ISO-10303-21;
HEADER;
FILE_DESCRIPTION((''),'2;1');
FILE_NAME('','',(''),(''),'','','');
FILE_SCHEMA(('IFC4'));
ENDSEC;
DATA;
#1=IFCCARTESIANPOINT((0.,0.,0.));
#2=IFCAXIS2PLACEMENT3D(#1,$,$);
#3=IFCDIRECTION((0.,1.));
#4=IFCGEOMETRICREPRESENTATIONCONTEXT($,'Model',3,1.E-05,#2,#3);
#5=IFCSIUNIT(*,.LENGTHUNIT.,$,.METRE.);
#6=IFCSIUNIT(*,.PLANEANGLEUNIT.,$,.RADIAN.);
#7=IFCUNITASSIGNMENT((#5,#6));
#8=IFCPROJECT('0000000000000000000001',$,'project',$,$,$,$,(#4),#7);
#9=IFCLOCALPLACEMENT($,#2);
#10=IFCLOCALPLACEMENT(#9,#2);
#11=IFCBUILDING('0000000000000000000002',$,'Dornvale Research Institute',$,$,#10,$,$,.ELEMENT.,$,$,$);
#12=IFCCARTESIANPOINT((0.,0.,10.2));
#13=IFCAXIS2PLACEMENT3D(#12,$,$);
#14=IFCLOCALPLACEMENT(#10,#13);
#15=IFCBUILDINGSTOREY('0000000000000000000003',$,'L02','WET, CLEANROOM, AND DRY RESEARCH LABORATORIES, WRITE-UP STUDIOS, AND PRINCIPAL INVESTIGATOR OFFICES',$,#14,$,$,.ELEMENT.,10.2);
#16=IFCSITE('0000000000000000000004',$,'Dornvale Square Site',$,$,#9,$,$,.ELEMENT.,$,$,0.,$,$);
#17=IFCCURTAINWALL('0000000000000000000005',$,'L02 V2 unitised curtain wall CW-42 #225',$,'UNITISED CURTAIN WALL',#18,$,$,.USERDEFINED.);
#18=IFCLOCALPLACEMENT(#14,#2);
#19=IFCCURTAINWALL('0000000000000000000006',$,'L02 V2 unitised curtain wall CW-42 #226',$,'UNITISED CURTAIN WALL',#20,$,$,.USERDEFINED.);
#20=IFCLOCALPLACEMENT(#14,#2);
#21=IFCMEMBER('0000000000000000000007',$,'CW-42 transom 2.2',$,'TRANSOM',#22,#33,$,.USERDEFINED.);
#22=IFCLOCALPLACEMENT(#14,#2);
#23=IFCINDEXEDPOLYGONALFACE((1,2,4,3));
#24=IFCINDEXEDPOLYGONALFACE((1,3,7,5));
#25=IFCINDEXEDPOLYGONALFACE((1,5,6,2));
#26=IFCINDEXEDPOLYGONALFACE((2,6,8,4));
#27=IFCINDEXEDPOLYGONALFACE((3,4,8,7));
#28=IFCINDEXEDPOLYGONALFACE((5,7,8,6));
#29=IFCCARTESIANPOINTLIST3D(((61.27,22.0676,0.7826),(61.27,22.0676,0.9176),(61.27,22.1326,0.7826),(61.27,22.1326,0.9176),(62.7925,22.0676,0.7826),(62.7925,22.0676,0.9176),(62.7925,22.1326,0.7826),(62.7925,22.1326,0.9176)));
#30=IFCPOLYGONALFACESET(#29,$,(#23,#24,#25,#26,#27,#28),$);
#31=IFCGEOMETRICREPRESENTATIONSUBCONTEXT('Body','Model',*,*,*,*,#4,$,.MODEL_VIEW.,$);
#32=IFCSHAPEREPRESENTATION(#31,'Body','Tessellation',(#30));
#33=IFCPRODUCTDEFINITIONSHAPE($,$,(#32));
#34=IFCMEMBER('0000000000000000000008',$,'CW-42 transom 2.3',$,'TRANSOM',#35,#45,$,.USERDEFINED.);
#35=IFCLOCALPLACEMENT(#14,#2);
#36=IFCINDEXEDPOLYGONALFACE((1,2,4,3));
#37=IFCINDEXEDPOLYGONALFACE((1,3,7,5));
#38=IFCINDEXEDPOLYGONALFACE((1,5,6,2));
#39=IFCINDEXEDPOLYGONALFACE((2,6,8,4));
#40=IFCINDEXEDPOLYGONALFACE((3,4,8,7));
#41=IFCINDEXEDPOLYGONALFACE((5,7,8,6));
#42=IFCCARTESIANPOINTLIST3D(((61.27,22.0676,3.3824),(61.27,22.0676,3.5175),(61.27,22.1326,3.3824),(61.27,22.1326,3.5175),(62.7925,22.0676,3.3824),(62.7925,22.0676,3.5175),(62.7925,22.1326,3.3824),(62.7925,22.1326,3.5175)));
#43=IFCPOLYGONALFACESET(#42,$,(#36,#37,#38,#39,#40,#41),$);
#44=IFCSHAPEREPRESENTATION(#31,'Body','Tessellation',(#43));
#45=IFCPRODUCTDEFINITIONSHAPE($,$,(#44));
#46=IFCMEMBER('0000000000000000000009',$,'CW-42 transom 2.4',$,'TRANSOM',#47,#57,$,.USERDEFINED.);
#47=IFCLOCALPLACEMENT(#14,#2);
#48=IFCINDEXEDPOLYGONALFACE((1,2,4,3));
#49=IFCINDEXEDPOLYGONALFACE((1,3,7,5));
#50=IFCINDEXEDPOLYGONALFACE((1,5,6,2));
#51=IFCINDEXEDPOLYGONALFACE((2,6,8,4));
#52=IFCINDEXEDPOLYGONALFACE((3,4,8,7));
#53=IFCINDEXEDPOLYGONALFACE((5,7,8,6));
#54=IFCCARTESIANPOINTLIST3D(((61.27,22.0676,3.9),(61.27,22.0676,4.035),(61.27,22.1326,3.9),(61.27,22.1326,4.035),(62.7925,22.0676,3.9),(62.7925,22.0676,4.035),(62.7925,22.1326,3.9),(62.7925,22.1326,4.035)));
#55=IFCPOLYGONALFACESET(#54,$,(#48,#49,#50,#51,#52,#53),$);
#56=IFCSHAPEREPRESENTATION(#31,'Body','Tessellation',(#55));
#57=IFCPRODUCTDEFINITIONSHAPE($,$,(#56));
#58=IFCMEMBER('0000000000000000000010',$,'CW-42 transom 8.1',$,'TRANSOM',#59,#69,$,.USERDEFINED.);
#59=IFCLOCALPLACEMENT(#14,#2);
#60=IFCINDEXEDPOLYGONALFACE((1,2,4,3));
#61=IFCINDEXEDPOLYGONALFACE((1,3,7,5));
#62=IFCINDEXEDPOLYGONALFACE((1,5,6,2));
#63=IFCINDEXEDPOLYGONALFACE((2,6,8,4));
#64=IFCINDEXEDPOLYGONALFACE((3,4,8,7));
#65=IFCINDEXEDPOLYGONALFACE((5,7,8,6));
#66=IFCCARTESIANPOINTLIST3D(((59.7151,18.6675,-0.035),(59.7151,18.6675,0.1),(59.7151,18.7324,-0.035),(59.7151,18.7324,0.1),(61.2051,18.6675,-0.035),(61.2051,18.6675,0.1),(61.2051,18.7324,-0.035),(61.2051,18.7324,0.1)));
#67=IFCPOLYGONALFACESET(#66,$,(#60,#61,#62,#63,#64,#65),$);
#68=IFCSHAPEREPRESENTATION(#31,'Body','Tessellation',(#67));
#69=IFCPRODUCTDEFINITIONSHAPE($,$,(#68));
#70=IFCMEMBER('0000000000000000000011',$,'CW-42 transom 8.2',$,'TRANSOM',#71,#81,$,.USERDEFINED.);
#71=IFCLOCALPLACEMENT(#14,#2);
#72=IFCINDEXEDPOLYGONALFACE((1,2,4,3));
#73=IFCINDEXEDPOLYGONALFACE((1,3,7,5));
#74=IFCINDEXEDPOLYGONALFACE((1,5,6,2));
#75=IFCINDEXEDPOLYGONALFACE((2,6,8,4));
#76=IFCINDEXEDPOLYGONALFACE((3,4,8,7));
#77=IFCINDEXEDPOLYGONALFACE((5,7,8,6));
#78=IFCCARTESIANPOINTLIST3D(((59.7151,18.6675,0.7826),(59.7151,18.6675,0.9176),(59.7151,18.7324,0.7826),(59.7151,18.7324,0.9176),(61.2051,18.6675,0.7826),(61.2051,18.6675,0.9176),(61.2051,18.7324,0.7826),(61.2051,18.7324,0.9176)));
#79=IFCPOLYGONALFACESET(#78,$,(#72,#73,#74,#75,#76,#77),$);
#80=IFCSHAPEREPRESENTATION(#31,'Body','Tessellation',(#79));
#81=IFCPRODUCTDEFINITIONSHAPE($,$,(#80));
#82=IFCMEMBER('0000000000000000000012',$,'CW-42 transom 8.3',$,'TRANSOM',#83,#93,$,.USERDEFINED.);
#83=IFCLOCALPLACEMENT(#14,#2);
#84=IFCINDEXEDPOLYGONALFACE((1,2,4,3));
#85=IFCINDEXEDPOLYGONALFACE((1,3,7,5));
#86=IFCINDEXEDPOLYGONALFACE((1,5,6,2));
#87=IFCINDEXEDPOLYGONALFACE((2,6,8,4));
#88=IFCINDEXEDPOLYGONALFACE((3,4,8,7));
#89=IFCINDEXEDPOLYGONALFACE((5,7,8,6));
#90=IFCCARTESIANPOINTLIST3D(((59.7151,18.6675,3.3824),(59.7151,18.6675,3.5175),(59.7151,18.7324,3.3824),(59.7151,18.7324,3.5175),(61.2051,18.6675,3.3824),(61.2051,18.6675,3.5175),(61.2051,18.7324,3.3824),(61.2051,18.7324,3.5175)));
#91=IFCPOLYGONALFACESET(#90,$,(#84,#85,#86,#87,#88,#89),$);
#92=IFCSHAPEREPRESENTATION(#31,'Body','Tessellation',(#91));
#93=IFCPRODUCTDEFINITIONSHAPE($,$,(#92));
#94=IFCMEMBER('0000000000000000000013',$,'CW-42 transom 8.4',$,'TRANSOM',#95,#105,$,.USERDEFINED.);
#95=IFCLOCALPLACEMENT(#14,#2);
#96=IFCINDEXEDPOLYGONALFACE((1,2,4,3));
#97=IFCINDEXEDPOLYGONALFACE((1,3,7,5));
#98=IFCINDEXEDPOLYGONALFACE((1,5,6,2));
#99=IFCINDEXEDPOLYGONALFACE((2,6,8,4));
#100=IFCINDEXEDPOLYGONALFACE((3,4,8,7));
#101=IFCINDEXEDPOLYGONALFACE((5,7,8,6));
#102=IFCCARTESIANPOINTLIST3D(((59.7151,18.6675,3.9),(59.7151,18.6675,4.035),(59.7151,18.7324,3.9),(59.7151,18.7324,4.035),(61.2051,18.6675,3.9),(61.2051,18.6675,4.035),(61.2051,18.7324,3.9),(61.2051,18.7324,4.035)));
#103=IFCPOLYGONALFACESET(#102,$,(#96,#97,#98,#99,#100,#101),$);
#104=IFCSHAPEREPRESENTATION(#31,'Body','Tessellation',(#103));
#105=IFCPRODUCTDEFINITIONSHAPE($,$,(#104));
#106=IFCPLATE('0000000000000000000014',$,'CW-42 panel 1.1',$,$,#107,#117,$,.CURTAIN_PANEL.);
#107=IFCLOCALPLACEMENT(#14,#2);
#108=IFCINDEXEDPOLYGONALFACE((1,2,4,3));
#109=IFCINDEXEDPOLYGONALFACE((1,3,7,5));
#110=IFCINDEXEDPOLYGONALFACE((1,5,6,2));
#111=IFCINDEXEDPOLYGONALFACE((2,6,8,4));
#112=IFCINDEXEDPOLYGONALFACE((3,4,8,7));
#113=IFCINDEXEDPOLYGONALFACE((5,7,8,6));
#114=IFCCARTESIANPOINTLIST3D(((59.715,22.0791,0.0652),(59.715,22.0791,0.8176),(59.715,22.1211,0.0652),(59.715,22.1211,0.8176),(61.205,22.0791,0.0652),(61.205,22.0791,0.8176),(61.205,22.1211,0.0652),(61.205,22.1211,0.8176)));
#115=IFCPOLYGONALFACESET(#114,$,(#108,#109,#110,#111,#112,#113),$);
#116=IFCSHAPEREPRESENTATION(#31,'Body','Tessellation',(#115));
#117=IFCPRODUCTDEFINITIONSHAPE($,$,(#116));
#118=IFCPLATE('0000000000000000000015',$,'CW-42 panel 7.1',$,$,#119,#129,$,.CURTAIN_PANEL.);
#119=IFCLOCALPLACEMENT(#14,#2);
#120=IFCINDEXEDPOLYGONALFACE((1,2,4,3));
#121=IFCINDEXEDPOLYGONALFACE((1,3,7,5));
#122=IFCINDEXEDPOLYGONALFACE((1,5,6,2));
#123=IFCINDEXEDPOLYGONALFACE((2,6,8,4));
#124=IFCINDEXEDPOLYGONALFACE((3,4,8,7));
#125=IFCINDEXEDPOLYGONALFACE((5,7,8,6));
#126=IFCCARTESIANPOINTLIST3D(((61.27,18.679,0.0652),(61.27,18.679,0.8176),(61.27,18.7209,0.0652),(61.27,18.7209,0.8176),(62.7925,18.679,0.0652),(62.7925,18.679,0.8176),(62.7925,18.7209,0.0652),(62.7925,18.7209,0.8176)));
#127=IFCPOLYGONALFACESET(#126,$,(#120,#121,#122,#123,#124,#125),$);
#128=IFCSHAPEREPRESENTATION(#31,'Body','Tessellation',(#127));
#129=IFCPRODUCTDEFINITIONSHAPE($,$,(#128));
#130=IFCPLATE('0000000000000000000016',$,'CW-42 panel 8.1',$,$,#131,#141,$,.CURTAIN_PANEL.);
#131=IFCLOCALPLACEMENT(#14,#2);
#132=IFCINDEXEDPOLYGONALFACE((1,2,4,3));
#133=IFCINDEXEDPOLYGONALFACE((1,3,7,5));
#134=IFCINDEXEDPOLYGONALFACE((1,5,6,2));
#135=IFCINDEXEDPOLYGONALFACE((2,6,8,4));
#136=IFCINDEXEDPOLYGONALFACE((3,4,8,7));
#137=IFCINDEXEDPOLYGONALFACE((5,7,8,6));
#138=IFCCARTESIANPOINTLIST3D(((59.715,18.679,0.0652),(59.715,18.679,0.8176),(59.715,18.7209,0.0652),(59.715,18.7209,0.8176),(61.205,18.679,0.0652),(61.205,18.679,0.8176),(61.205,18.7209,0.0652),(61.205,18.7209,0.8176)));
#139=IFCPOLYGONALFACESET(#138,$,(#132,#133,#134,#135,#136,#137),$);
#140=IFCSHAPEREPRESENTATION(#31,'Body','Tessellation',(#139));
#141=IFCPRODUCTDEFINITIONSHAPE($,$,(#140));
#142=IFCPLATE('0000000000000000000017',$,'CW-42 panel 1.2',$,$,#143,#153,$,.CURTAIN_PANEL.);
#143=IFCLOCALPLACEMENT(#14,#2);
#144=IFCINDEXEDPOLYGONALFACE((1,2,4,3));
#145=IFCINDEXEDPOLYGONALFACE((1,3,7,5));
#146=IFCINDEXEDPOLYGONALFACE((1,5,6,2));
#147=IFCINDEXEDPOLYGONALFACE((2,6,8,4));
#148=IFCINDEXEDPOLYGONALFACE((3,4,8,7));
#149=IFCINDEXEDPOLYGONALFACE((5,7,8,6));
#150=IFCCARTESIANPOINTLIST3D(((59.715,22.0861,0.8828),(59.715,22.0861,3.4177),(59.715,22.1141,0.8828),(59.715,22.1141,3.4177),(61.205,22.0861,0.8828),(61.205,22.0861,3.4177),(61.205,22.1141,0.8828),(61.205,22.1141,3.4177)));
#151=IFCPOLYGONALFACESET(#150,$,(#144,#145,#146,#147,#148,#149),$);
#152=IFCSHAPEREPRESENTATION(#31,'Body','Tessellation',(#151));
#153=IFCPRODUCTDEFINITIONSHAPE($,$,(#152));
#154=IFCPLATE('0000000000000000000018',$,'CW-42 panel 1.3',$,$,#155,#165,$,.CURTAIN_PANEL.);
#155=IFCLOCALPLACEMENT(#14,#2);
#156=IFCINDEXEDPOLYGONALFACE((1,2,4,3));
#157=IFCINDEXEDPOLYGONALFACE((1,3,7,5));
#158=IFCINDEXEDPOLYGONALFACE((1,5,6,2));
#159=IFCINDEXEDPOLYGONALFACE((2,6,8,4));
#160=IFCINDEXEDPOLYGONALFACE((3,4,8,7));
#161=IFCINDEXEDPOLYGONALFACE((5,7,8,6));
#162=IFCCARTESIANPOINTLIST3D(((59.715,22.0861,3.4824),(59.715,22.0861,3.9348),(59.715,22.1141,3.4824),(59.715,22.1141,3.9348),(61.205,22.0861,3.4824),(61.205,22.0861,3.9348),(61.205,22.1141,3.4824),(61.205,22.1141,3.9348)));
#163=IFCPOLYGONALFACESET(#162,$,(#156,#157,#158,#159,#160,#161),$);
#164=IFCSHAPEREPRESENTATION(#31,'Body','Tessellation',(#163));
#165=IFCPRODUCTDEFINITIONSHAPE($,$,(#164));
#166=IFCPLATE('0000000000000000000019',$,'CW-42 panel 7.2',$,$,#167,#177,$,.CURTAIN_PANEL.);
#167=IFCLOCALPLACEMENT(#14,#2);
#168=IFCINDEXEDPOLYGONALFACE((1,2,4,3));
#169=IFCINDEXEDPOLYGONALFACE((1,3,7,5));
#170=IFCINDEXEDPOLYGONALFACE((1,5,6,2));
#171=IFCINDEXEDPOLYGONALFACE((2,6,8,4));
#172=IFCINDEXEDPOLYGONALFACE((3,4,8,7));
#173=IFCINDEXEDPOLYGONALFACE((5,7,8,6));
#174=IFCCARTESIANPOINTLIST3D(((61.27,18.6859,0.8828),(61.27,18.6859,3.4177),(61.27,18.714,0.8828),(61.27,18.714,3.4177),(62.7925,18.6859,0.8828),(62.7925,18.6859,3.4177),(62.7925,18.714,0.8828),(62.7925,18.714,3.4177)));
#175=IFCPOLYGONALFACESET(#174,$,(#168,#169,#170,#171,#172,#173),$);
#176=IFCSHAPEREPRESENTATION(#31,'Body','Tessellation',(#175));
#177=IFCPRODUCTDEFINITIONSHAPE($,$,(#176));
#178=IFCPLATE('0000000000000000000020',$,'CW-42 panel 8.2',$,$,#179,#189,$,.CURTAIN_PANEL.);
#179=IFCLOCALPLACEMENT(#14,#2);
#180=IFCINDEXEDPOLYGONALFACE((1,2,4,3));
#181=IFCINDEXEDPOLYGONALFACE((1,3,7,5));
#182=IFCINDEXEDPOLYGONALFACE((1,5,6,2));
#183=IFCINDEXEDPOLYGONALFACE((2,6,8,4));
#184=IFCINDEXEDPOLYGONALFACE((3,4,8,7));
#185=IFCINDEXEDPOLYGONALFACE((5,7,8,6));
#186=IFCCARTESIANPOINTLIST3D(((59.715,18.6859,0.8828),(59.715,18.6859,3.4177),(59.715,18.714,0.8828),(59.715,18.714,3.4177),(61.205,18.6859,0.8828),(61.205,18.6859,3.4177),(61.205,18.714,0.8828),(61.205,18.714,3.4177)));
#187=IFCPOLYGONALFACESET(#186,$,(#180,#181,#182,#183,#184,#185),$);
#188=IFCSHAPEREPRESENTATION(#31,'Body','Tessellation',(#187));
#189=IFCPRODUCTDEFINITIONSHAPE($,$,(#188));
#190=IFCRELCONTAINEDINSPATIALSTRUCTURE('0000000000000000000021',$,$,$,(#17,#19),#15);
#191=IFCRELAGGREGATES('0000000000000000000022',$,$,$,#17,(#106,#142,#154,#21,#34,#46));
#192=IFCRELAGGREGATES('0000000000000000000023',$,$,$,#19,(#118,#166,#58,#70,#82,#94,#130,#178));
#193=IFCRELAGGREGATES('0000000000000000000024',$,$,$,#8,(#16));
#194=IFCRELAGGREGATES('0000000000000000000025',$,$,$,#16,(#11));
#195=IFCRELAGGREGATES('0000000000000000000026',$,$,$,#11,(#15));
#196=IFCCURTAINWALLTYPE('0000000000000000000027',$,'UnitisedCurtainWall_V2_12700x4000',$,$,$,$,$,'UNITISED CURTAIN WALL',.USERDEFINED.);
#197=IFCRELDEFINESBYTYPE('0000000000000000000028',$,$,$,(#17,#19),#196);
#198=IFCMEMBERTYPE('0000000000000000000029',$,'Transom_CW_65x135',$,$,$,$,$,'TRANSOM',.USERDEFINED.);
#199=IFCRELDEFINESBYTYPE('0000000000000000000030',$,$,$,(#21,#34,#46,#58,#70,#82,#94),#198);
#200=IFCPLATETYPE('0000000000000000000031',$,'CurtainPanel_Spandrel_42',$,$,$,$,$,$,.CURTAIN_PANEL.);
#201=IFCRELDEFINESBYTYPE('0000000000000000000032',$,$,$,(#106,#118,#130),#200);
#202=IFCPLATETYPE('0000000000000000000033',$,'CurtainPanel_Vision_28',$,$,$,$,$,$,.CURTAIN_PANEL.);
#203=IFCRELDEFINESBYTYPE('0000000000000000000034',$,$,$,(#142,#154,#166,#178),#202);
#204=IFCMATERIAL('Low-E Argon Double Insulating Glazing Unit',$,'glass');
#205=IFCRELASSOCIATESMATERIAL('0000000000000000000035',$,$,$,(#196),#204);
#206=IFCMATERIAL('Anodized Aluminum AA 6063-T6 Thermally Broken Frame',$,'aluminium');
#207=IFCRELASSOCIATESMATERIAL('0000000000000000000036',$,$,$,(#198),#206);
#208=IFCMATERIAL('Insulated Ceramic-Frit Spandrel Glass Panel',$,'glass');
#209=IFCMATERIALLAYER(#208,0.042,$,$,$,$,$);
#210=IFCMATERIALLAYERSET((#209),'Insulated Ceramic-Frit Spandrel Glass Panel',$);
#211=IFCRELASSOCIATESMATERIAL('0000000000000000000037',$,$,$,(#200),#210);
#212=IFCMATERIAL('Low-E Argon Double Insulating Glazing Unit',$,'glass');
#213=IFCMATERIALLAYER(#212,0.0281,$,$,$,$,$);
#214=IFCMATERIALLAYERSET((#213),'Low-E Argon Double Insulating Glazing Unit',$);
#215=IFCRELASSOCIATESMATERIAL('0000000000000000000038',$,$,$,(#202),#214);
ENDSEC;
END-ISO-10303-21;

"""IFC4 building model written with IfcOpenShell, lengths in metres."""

from ifc_helpers import new_model, si_unit, direction, frame, origin, origin_2d, place, context, subcontext, project, spatial, rectangle, extrude, material, layer, layer_set, material_profile, profile_set, type_object, element, aggregate, save


model = new_model("IFC4")

# Units and contexts
model_context = context("Model", 3, precision=1e-05, world=origin(), true_north=direction((0.0, 1.0)))
body_context = subcontext(model_context, "Body", "Model", "MODEL_VIEW")
ifc_project = project(units=[si_unit("LENGTHUNIT", "METRE"), si_unit("PLANEANGLEUNIT", "RADIAN")], contexts=[model_context])

# Site, building, storey
site_placement = place(None, origin())
site = spatial("IfcSite", under=ifc_project, at=site_placement, Name="Dornvale Square Site", CompositionType="ELEMENT", RefElevation=0.0)
building_placement = place(site_placement, origin())
building = spatial("IfcBuilding", under=site, at=building_placement, Name="Dornvale Research Institute", CompositionType="ELEMENT")
storey_placement = place(building_placement, frame((0.0, 0.0, 10.2)))
storey = spatial("IfcBuildingStorey", under=building, at=storey_placement, Name="L02", Description="WET, CLEANROOM, AND DRY RESEARCH LABORATORIES, WRITE-UP STUDIOS, AND PRINCIPAL INVESTIGATOR OFFICES", CompositionType="ELEMENT", Elevation=10.2)

# Curtain walls
ifc_material_1 = material(Name="Low-E Argon Double Insulating Glazing Unit", Category="glass")
curtain_wall_type = type_object("IfcCurtainWallType", Name="UnitisedCurtainWall_V2_12700x4000", ElementType="UNITISED CURTAIN WALL", PredefinedType="USERDEFINED", material=ifc_material_1)
curtain_wall_1_placement = place(storey_placement, origin())
curtain_wall_1 = element("IfcCurtainWall", 1, at=curtain_wall_1_placement, inside=storey, type_object=curtain_wall_type, Name="L02 V2 unitised curtain wall CW-42 #225", ObjectType="UNITISED CURTAIN WALL", PredefinedType="USERDEFINED")
curtain_wall_2_placement = place(storey_placement, origin())
curtain_wall_2 = element("IfcCurtainWall", 2, at=curtain_wall_2_placement, inside=storey, type_object=curtain_wall_type, Name="L02 V2 unitised curtain wall CW-42 #226", ObjectType="UNITISED CURTAIN WALL", PredefinedType="USERDEFINED")

# Members
ifc_material_2 = material(Name="Anodized Aluminum AA 6063-T6 Thermally Broken Frame", Category="aluminium")
ifc_material_profile_1 = material_profile(ifc_material_2, rectangle(XDim=0.0649, YDim=0.135, at=origin_2d()), Name="ALU TRANSOM 65x135")
ifc_profile_set_1 = profile_set([ifc_material_profile_1], Name="Anodized Aluminum AA 6063-T6 Thermally Broken Frame")
member_type_1 = type_object("IfcMemberType", Name="Transom_CW_65x135", ElementType="TRANSOM", PredefinedType="USERDEFINED", material=ifc_profile_set_1)
member_1_placement = place(storey_placement, frame((61.27, 22.1001, 0.8501), z_axis=(1.0, 0.0, 0.0), x_axis=(0.0, 1.0, 0.0)))
member_1 = element("IfcMember", 3, at=member_1_placement, type_object=member_type_1, Name="CW-42 transom 2.2", ObjectType="TRANSOM", PredefinedType="USERDEFINED", context=body_context, shape_type="SweptSolid", body=[
    extrude(rectangle(XDim=0.0649, YDim=0.135, at=origin_2d()), origin(), (0.0, 0.0, 1.0), 1.5225),
])
member_2_placement = place(storey_placement, frame((61.27, 22.1001, 3.45), z_axis=(1.0, 0.0, 0.0), x_axis=(0.0, 1.0, 0.0)))
member_2 = element("IfcMember", 4, at=member_2_placement, type_object=member_type_1, Name="CW-42 transom 2.3", ObjectType="TRANSOM", PredefinedType="USERDEFINED", context=body_context, shape_type="SweptSolid", body=[
    extrude(rectangle(XDim=0.0649, YDim=0.135, at=origin_2d()), origin(), (0.0, 0.0, 1.0), 1.5225),
])
member_3_placement = place(storey_placement, frame((61.27, 22.1001, 3.9675), z_axis=(1.0, 0.0, 0.0), x_axis=(0.0, 1.0, 0.0)))
member_3 = element("IfcMember", 5, at=member_3_placement, type_object=member_type_1, Name="CW-42 transom 2.4", ObjectType="TRANSOM", PredefinedType="USERDEFINED", context=body_context, shape_type="SweptSolid", body=[
    extrude(rectangle(XDim=0.0649, YDim=0.135, at=origin_2d()), origin(), (0.0, 0.0, 1.0), 1.5225),
])
member_4_placement = place(storey_placement, frame((61.2051, 18.7, 0.0325), z_axis=(-1.0, 0.0, 0.0), x_axis=(0.0, -1.0, 0.0)))
member_4 = element("IfcMember", 6, at=member_4_placement, type_object=member_type_1, Name="CW-42 transom 8.1", ObjectType="TRANSOM", PredefinedType="USERDEFINED", context=body_context, shape_type="SweptSolid", body=[
    extrude(rectangle(XDim=0.0649, YDim=0.135, at=origin_2d()), origin(), (0.0, 0.0, 1.0), 1.49),
])
member_5_placement = place(storey_placement, frame((61.2051, 18.7, 0.8501), z_axis=(-1.0, 0.0, 0.0), x_axis=(0.0, -1.0, 0.0)))
member_5 = element("IfcMember", 7, at=member_5_placement, type_object=member_type_1, Name="CW-42 transom 8.2", ObjectType="TRANSOM", PredefinedType="USERDEFINED", context=body_context, shape_type="SweptSolid", body=[
    extrude(rectangle(XDim=0.0649, YDim=0.135, at=origin_2d()), origin(), (0.0, 0.0, 1.0), 1.49),
])
member_6_placement = place(storey_placement, frame((61.2051, 18.7, 3.45), z_axis=(-1.0, 0.0, 0.0), x_axis=(0.0, -1.0, 0.0)))
member_6 = element("IfcMember", 8, at=member_6_placement, type_object=member_type_1, Name="CW-42 transom 8.3", ObjectType="TRANSOM", PredefinedType="USERDEFINED", context=body_context, shape_type="SweptSolid", body=[
    extrude(rectangle(XDim=0.0649, YDim=0.135, at=origin_2d()), origin(), (0.0, 0.0, 1.0), 1.49),
])
member_7_placement = place(storey_placement, frame((61.2051, 18.7, 3.9675), z_axis=(-1.0, 0.0, 0.0), x_axis=(0.0, -1.0, 0.0)))
member_7 = element("IfcMember", 9, at=member_7_placement, type_object=member_type_1, Name="CW-42 transom 8.4", ObjectType="TRANSOM", PredefinedType="USERDEFINED", context=body_context, shape_type="SweptSolid", body=[
    extrude(rectangle(XDim=0.0649, YDim=0.135, at=origin_2d()), origin(), (0.0, 0.0, 1.0), 1.49),
])

# Plates
ifc_material_3 = material(Name="Insulated Ceramic-Frit Spandrel Glass Panel", Category="glass")
ifc_layer_1 = layer(ifc_material_3, 0.042)
ifc_layer_set_1 = layer_set([ifc_layer_1], Name="Insulated Ceramic-Frit Spandrel Glass Panel")
plate_type_1 = type_object("IfcPlateType", Name="CurtainPanel_Spandrel_42", PredefinedType="CURTAIN_PANEL", material=ifc_layer_set_1)
plate_1_placement = place(storey_placement, frame((60.46, 22.1001, 0.0652), z_axis=(0.0, 0.0, 1.0), x_axis=(1.0, 0.0, 0.0)))
plate_1 = element("IfcPlate", 10, at=plate_1_placement, type_object=plate_type_1, Name="CW-42 panel 1.1", PredefinedType="CURTAIN_PANEL", context=body_context, shape_type="SweptSolid", body=[
    extrude(rectangle(XDim=1.49, YDim=0.042, at=origin_2d()), origin(), (0.0, 0.0, 1.0), 0.7524),
])
plate_2_placement = place(storey_placement, frame((62.0312, 18.7, 0.0652), z_axis=(0.0, 0.0, 1.0), x_axis=(-1.0, 0.0, 0.0)))
plate_2 = element("IfcPlate", 11, at=plate_2_placement, type_object=plate_type_1, Name="CW-42 panel 7.1", PredefinedType="CURTAIN_PANEL", context=body_context, shape_type="SweptSolid", body=[
    extrude(rectangle(XDim=1.5225, YDim=0.042, at=origin_2d()), origin(), (0.0, 0.0, 1.0), 0.7524),
])
plate_3_placement = place(storey_placement, frame((60.46, 18.7, 0.0652), z_axis=(0.0, 0.0, 1.0), x_axis=(-1.0, 0.0, 0.0)))
plate_3 = element("IfcPlate", 12, at=plate_3_placement, type_object=plate_type_1, Name="CW-42 panel 8.1", PredefinedType="CURTAIN_PANEL", context=body_context, shape_type="SweptSolid", body=[
    extrude(rectangle(XDim=1.49, YDim=0.042, at=origin_2d()), origin(), (0.0, 0.0, 1.0), 0.7524),
])
ifc_material_4 = material(Name="Low-E Argon Double Insulating Glazing Unit", Category="glass")
ifc_layer_2 = layer(ifc_material_4, 0.0281)
ifc_layer_set_2 = layer_set([ifc_layer_2], Name="Low-E Argon Double Insulating Glazing Unit")
plate_type_2 = type_object("IfcPlateType", Name="CurtainPanel_Vision_28", PredefinedType="CURTAIN_PANEL", material=ifc_layer_set_2)
plate_4_placement = place(storey_placement, frame((60.46, 22.1001, 0.8828), z_axis=(0.0, 0.0, 1.0), x_axis=(1.0, 0.0, 0.0)))
plate_4 = element("IfcPlate", 13, at=plate_4_placement, type_object=plate_type_2, Name="CW-42 panel 1.2", PredefinedType="CURTAIN_PANEL", context=body_context, shape_type="SweptSolid", body=[
    extrude(rectangle(XDim=1.49, YDim=0.0281, at=origin_2d()), origin(), (0.0, 0.0, 1.0), 2.5349),
])
plate_5_placement = place(storey_placement, frame((60.46, 22.1001, 3.4824), z_axis=(0.0, 0.0, 1.0), x_axis=(1.0, 0.0, 0.0)))
plate_5 = element("IfcPlate", 14, at=plate_5_placement, type_object=plate_type_2, Name="CW-42 panel 1.3", PredefinedType="CURTAIN_PANEL", context=body_context, shape_type="SweptSolid", body=[
    extrude(rectangle(XDim=1.49, YDim=0.0281, at=origin_2d()), origin(), (0.0, 0.0, 1.0), 0.4524),
])
aggregate(curtain_wall_1, [plate_1, plate_4, plate_5, member_1, member_2, member_3])
plate_6_placement = place(storey_placement, frame((62.0312, 18.7, 0.8828), z_axis=(0.0, 0.0, 1.0), x_axis=(-1.0, 0.0, 0.0)))
plate_6 = element("IfcPlate", 15, at=plate_6_placement, type_object=plate_type_2, Name="CW-42 panel 7.2", PredefinedType="CURTAIN_PANEL", context=body_context, shape_type="SweptSolid", body=[
    extrude(rectangle(XDim=1.5225, YDim=0.0281, at=origin_2d()), origin(), (0.0, 0.0, 1.0), 2.5349),
])
plate_7_placement = place(storey_placement, frame((60.46, 18.7, 0.8828), z_axis=(0.0, 0.0, 1.0), x_axis=(-1.0, 0.0, 0.0)))
plate_7 = element("IfcPlate", 16, at=plate_7_placement, type_object=plate_type_2, Name="CW-42 panel 8.2", PredefinedType="CURTAIN_PANEL", context=body_context, shape_type="SweptSolid", body=[
    extrude(rectangle(XDim=1.49, YDim=0.0281, at=origin_2d()), origin(), (0.0, 0.0, 1.0), 2.5349),
])
aggregate(curtain_wall_2, [plate_2, plate_6, member_4, member_5, member_6, member_7, plate_3, plate_7])

save(model, "model.ifc")
